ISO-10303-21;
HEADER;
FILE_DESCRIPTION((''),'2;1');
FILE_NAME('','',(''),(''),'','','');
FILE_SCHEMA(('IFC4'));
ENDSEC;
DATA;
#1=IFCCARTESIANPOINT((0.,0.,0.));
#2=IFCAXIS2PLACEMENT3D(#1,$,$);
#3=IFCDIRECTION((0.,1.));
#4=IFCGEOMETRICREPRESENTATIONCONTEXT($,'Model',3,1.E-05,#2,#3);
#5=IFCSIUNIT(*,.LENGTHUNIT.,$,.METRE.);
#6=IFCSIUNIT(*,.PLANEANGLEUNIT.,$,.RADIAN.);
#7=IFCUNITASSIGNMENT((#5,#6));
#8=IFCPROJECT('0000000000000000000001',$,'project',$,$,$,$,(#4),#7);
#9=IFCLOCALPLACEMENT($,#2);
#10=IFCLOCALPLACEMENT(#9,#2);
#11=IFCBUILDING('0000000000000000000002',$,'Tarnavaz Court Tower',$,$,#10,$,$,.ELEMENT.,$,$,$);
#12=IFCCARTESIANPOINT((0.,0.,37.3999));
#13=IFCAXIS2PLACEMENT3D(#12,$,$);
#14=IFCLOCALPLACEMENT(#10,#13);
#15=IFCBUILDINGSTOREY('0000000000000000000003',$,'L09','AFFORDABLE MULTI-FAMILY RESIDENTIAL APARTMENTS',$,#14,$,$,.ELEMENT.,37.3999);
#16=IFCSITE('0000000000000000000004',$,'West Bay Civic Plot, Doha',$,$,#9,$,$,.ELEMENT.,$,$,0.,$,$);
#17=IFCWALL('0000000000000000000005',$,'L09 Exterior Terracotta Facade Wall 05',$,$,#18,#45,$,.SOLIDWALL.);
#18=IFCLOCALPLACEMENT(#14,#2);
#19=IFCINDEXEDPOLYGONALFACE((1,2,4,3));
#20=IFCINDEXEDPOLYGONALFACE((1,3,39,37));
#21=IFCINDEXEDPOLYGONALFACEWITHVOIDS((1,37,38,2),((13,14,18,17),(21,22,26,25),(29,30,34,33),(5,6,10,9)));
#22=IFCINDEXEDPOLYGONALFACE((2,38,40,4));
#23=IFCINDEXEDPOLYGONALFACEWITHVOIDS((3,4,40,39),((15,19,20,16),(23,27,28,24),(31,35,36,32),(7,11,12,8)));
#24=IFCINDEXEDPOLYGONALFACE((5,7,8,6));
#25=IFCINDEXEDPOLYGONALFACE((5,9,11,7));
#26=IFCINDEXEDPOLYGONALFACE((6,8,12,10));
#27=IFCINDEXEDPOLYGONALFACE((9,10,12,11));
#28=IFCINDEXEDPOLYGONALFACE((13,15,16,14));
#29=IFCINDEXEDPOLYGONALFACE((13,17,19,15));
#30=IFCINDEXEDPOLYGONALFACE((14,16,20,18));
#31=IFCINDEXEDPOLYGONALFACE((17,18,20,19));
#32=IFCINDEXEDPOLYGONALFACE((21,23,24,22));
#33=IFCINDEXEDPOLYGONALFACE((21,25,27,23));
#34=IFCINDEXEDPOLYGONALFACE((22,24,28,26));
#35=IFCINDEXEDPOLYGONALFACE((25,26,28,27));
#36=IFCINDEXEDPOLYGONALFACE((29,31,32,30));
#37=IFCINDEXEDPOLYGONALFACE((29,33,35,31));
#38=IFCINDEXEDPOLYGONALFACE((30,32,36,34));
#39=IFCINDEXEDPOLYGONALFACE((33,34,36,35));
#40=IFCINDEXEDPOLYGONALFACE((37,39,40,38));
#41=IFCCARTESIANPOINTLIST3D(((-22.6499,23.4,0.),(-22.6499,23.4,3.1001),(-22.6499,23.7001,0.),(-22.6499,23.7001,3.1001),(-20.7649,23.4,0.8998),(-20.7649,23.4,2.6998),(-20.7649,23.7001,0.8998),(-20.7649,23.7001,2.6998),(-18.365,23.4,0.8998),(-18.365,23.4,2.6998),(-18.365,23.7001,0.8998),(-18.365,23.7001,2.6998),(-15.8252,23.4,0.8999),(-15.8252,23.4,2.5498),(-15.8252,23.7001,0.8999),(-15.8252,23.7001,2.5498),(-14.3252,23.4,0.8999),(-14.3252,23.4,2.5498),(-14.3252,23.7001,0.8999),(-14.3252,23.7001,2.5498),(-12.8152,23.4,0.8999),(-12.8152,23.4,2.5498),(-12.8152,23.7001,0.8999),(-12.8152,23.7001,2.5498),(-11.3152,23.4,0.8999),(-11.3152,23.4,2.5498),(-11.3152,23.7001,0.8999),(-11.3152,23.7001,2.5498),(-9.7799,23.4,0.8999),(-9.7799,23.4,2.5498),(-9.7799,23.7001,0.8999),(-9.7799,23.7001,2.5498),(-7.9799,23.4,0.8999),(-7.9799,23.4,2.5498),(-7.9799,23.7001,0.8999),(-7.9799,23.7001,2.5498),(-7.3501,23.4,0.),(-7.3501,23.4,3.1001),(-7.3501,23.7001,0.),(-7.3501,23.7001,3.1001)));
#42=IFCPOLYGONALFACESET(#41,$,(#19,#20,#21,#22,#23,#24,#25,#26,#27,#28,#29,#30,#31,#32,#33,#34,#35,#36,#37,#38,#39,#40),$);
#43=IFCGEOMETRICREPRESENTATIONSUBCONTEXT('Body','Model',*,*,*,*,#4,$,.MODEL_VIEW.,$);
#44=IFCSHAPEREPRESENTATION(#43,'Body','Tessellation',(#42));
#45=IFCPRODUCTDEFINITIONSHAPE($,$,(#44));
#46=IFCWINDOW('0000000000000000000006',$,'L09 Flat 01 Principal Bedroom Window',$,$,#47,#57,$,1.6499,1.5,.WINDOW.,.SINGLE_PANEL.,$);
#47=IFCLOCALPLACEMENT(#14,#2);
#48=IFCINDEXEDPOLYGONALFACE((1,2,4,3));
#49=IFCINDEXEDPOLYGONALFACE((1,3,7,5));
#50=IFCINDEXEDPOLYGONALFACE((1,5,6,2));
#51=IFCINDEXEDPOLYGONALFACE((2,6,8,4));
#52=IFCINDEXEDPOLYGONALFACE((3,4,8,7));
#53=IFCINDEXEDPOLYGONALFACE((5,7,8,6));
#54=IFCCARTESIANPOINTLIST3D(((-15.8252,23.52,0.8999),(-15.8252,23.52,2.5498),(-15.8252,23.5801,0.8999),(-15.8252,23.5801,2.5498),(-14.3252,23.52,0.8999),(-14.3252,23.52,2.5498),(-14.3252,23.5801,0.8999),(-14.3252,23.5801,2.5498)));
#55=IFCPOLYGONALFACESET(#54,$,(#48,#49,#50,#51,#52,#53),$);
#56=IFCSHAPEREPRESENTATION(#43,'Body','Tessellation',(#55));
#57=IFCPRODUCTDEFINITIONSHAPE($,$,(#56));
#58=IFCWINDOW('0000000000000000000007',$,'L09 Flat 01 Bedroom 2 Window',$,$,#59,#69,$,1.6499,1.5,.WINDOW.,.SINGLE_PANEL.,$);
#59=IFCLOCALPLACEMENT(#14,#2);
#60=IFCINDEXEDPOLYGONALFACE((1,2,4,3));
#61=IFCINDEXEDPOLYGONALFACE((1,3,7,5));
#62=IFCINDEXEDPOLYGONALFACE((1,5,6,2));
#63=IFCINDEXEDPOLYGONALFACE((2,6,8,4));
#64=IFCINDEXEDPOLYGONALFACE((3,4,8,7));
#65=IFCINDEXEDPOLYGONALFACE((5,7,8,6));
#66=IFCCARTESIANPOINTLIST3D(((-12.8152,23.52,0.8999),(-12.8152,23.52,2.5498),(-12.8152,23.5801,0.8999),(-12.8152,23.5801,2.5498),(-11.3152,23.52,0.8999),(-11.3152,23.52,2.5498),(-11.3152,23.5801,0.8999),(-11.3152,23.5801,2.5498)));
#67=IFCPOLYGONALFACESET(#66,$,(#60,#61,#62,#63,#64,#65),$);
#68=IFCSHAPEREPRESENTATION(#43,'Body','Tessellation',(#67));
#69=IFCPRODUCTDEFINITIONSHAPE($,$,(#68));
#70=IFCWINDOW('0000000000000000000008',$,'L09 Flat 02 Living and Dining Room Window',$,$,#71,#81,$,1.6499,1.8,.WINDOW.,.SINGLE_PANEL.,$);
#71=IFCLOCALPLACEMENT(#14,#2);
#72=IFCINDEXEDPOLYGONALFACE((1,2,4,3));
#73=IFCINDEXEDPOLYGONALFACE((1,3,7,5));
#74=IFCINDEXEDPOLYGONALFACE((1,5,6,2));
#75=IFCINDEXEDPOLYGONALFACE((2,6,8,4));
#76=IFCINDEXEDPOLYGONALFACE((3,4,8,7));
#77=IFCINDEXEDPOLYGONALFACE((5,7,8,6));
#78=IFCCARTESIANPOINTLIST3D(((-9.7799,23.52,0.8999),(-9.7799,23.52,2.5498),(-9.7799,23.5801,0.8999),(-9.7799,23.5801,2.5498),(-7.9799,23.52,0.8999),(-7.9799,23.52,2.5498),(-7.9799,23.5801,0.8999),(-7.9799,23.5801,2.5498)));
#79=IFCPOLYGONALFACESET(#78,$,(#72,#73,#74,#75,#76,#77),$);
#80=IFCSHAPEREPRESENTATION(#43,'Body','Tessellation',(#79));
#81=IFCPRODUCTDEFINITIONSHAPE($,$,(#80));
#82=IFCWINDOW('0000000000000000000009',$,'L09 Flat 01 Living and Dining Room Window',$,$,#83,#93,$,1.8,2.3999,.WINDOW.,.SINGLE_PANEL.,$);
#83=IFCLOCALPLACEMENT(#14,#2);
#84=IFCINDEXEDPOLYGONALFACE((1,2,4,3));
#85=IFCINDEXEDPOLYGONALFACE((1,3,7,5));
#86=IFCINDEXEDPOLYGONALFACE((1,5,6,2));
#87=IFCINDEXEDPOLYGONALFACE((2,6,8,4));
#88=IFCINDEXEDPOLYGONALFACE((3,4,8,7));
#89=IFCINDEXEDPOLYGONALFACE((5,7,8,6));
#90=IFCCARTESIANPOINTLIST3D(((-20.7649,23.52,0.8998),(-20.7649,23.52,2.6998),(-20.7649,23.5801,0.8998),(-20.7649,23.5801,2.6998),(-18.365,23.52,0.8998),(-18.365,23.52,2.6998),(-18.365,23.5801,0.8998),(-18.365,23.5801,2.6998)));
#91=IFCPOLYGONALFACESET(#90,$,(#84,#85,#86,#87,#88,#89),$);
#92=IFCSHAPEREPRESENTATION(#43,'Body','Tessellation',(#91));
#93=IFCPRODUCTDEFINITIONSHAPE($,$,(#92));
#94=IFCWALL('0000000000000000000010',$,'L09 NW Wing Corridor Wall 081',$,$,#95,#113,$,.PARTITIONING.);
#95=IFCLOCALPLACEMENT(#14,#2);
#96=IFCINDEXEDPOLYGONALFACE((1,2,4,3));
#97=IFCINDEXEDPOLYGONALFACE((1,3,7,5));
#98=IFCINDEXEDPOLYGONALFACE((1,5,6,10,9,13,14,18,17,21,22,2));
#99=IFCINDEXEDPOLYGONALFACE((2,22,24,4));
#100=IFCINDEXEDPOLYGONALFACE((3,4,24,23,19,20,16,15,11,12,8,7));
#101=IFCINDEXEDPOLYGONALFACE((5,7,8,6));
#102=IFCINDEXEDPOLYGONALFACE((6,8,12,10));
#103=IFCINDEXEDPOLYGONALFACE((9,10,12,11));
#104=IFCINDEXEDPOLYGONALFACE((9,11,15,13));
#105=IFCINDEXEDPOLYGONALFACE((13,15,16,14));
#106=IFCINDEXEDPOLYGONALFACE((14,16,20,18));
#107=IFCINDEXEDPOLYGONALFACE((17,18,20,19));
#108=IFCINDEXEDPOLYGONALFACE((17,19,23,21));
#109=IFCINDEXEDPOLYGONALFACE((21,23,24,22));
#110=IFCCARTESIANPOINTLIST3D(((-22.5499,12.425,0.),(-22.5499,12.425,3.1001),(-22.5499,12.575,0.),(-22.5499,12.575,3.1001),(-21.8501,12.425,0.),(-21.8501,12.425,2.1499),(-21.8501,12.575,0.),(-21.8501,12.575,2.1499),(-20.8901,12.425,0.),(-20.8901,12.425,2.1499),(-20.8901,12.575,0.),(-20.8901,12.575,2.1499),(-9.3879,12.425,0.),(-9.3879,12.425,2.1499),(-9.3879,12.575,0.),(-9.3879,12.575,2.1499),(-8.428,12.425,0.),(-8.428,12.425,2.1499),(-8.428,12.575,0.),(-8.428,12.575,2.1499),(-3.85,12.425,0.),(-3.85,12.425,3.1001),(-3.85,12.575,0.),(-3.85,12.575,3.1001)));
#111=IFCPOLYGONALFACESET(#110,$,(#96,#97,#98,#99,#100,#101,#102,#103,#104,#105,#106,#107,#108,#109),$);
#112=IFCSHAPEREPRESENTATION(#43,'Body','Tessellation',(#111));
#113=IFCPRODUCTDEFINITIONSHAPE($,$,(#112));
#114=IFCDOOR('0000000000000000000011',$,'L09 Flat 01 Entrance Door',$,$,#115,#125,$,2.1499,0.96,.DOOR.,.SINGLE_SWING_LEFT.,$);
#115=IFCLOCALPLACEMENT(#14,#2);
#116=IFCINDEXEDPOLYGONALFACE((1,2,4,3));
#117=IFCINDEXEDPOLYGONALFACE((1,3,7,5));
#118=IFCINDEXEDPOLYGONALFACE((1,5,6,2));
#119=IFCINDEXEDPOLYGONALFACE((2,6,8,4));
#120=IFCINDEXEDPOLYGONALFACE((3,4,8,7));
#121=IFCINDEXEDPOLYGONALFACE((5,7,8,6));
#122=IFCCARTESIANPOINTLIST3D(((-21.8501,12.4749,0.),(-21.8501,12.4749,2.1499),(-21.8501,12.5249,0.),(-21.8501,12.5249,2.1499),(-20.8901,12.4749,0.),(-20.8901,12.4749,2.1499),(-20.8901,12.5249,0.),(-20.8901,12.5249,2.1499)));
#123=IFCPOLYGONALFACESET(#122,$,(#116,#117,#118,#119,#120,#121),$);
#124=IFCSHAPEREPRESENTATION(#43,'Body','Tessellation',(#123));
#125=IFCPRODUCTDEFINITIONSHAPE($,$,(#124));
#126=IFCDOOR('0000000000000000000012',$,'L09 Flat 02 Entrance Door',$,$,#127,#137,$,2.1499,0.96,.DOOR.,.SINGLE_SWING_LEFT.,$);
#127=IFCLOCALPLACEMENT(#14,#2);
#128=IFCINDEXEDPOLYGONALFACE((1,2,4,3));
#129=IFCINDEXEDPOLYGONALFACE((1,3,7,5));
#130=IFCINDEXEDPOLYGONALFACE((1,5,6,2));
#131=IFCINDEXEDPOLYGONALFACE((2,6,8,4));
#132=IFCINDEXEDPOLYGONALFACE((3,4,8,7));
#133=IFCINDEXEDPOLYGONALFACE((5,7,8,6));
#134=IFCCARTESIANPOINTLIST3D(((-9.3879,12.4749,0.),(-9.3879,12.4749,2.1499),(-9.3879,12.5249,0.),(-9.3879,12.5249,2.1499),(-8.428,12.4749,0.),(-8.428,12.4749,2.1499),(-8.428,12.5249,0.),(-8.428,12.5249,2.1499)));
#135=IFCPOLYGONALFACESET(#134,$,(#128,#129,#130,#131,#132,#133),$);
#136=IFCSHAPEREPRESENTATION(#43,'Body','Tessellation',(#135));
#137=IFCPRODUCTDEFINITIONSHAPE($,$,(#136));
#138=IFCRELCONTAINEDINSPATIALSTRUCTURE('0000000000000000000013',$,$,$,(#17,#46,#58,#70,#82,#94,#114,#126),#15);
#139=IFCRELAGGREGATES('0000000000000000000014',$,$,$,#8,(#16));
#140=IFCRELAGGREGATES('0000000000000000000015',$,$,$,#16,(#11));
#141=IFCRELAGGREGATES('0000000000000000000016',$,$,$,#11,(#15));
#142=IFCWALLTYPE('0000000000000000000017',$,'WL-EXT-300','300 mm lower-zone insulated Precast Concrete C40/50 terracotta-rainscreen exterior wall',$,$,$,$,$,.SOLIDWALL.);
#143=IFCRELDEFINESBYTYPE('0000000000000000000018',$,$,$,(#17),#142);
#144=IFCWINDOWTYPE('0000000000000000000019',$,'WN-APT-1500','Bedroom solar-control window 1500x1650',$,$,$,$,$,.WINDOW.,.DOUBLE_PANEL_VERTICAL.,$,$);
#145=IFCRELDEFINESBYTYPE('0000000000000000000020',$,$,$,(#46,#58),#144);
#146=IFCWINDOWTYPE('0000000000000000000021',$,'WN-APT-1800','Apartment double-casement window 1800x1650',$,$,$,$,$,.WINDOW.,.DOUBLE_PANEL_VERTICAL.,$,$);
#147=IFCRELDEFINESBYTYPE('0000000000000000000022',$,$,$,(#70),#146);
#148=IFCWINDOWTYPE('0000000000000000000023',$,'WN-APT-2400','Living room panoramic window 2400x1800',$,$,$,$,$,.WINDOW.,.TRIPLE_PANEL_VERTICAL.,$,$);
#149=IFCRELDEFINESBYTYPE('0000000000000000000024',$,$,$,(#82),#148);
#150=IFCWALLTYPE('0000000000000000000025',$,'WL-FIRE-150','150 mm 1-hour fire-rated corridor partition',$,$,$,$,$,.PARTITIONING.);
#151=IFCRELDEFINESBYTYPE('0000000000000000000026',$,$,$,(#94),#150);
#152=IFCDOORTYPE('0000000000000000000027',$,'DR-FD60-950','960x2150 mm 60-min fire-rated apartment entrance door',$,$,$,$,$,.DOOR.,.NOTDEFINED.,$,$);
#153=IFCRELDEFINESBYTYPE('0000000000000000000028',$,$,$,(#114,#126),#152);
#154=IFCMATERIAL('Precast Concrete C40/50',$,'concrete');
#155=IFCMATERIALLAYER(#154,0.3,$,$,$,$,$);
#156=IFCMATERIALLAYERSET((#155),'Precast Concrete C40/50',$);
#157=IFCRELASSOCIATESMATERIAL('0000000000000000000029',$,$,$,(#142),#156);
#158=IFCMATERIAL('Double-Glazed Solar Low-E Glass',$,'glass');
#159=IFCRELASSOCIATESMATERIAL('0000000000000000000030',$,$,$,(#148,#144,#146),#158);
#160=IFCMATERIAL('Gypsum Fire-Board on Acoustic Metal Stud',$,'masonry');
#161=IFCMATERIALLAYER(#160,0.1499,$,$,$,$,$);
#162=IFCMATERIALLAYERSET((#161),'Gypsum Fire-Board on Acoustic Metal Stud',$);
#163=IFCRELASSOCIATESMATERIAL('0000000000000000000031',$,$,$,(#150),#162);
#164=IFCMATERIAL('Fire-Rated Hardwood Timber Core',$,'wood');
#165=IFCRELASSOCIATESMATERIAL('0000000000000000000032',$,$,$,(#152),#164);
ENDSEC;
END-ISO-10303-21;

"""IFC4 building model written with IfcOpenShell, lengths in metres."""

from ifc_helpers import new_model, si_unit, direction, frame, frame_2d, origin, place, context, subcontext, project, spatial, rectangle, extrude, material, layer, layer_set, type_object, element, fill, save


model = new_model("IFC4")

# Units and contexts
model_context = context("Model", 3, precision=1e-05, world=origin(), true_north=direction((0.0, 1.0)))
body_context = subcontext(model_context, "Body", "Model", "MODEL_VIEW")
ifc_project = project(units=[si_unit("LENGTHUNIT", "METRE"), si_unit("PLANEANGLEUNIT", "RADIAN")], contexts=[model_context])

# Site, building, storey
site_placement = place(None, origin())
site = spatial("IfcSite", under=ifc_project, at=site_placement, Name="West Bay Civic Plot, Doha", CompositionType="ELEMENT", RefElevation=0.0)
building_placement = place(site_placement, origin())
building = spatial("IfcBuilding", under=site, at=building_placement, Name="Tarnavaz Court Tower", CompositionType="ELEMENT")
storey_placement = place(building_placement, frame((0.0, 0.0, 37.3999)))
storey = spatial("IfcBuildingStorey", under=building, at=storey_placement, Name="L09", Description="AFFORDABLE MULTI-FAMILY RESIDENTIAL APARTMENTS", CompositionType="ELEMENT", Elevation=37.3999)

# Shared definitions
ifc_material_1 = material(Name="Precast Concrete C40/50", Category="concrete")
ifc_layer_1 = layer(ifc_material_1, 0.3)
ifc_layer_set_1 = layer_set([ifc_layer_1], Name="Precast Concrete C40/50")
wall_type_1 = type_object("IfcWallType", Name="WL-EXT-300", Description="300 mm lower-zone insulated Precast Concrete C40/50 terracotta-rainscreen exterior wall", PredefinedType="SOLIDWALL", material=ifc_layer_set_1)
ifc_material_2 = material(Name="Double-Glazed Solar Low-E Glass", Category="glass")
window_type_1 = type_object("IfcWindowType", Name="WN-APT-2400", Description="Living room panoramic window 2400x1800", PartitioningType="TRIPLE_PANEL_VERTICAL", PredefinedType="WINDOW", material=ifc_material_2)

# Wall, openings, windows
wall_1_placement = place(storey_placement, frame((-22.6499, 23.55, 0.0), z_axis=(0.0, 0.0, 1.0), x_axis=(1.0, 0.0, 0.0)))
wall_1 = element("IfcWall", 1, at=wall_1_placement, inside=storey, type_object=wall_type_1, Name="L09 Exterior Terracotta Facade Wall 05", PredefinedType="SOLIDWALL", context=body_context, shape_type="SweptSolid", body=[
    extrude(rectangle(XDim=15.2998, YDim=0.3, at=frame_2d((7.6499, 0.0))), origin(), (0.0, 0.0, 1.0), 3.1001),
])
opening_1_placement = place(wall_1_placement, frame((1.885, 0.0, 0.8999)))
opening_1 = element("IfcOpeningElement", 2, at=opening_1_placement, cuts=wall_1, PredefinedType="OPENING", context=body_context, shape_type="SweptSolid", body=[
    extrude(rectangle(XDim=2.3999, YDim=1.8, at=frame_2d((1.2, 0.8999))), frame((0.0, 0.1599, 0.0), z_axis=(0.0, -1.0, 0.0), x_axis=(1.0, 0.0, 0.0)), (0.0, 0.0, 1.0), 0.3201),
])
opening_2_placement = place(wall_1_placement, frame((6.8247, 0.0, 0.8999)))
opening_2 = element("IfcOpeningElement", 3, at=opening_2_placement, cuts=wall_1, PredefinedType="OPENING", context=body_context, shape_type="SweptSolid", body=[
    extrude(rectangle(XDim=1.5, YDim=1.6499, at=frame_2d((0.75, 0.825))), frame((0.0, 0.1599, 0.0), z_axis=(0.0, -1.0, 0.0), x_axis=(1.0, 0.0, 0.0)), (0.0, 0.0, 1.0), 0.3201),
])
opening_3_placement = place(wall_1_placement, frame((9.8347, 0.0, 0.8999)))
opening_3 = element("IfcOpeningElement", 4, at=opening_3_placement, cuts=wall_1, PredefinedType="OPENING", context=body_context, shape_type="SweptSolid", body=[
    extrude(rectangle(XDim=1.5, YDim=1.6499, at=frame_2d((0.75, 0.825))), frame((0.0, 0.1599, 0.0), z_axis=(0.0, -1.0, 0.0), x_axis=(1.0, 0.0, 0.0)), (0.0, 0.0, 1.0), 0.3201),
])
opening_4_placement = place(wall_1_placement, frame((12.8701, 0.0, 0.8999)))
opening_4 = element("IfcOpeningElement", 5, at=opening_4_placement, cuts=wall_1, PredefinedType="OPENING", context=body_context, shape_type="SweptSolid", body=[
    extrude(rectangle(XDim=1.8, YDim=1.6499, at=frame_2d((0.8999, 0.825))), frame((0.0, 0.1599, 0.0), z_axis=(0.0, -1.0, 0.0), x_axis=(1.0, 0.0, 0.0)), (0.0, 0.0, 1.0), 0.3201),
])
window_type_2 = type_object("IfcWindowType", Name="WN-APT-1500", Description="Bedroom solar-control window 1500x1650", PartitioningType="DOUBLE_PANEL_VERTICAL", PredefinedType="WINDOW", material=ifc_material_2)
window_1_placement = place(opening_2_placement, origin())
window_1 = element("IfcWindow", 6, at=window_1_placement, inside=storey, type_object=window_type_2, Name="L09 Flat 01 Principal Bedroom Window", OverallHeight=1.6499, OverallWidth=1.5, PartitioningType="SINGLE_PANEL", PredefinedType="WINDOW", context=body_context, shape_type="SweptSolid", body=[
    extrude(rectangle(XDim=1.5, YDim=1.6499, at=frame_2d((0.75, 0.825))), frame((0.0, 0.03, 0.0), z_axis=(0.0, -1.0, 0.0), x_axis=(1.0, 0.0, 0.0)), (0.0, 0.0, 1.0), 0.0601),
])
fill(opening_2, window_1)
window_2_placement = place(opening_3_placement, origin())
window_2 = element("IfcWindow", 7, at=window_2_placement, inside=storey, type_object=window_type_2, Name="L09 Flat 01 Bedroom 2 Window", OverallHeight=1.6499, OverallWidth=1.5, PartitioningType="SINGLE_PANEL", PredefinedType="WINDOW", context=body_context, shape_type="SweptSolid", body=[
    extrude(rectangle(XDim=1.5, YDim=1.6499, at=frame_2d((0.75, 0.825))), frame((0.0, 0.03, 0.0), z_axis=(0.0, -1.0, 0.0), x_axis=(1.0, 0.0, 0.0)), (0.0, 0.0, 1.0), 0.0601),
])
fill(opening_3, window_2)
window_type_3 = type_object("IfcWindowType", Name="WN-APT-1800", Description="Apartment double-casement window 1800x1650", PartitioningType="DOUBLE_PANEL_VERTICAL", PredefinedType="WINDOW", material=ifc_material_2)
window_3_placement = place(opening_4_placement, origin())
window_3 = element("IfcWindow", 8, at=window_3_placement, inside=storey, type_object=window_type_3, Name="L09 Flat 02 Living and Dining Room Window", OverallHeight=1.6499, OverallWidth=1.8, PartitioningType="SINGLE_PANEL", PredefinedType="WINDOW", context=body_context, shape_type="SweptSolid", body=[
    extrude(rectangle(XDim=1.8, YDim=1.6499, at=frame_2d((0.8999, 0.825))), frame((0.0, 0.03, 0.0), z_axis=(0.0, -1.0, 0.0), x_axis=(1.0, 0.0, 0.0)), (0.0, 0.0, 1.0), 0.0601),
])
fill(opening_4, window_3)
window_4_placement = place(opening_1_placement, origin())
window_4 = element("IfcWindow", 9, at=window_4_placement, inside=storey, type_object=window_type_1, Name="L09 Flat 01 Living and Dining Room Window", OverallHeight=1.8, OverallWidth=2.3999, PartitioningType="SINGLE_PANEL", PredefinedType="WINDOW", context=body_context, shape_type="SweptSolid", body=[
    extrude(rectangle(XDim=2.3999, YDim=1.8, at=frame_2d((1.2, 0.8999))), frame((0.0, 0.03, 0.0), z_axis=(0.0, -1.0, 0.0), x_axis=(1.0, 0.0, 0.0)), (0.0, 0.0, 1.0), 0.0601),
])
fill(opening_1, window_4)

# Wall, openings, doors
ifc_material_3 = material(Name="Gypsum Fire-Board on Acoustic Metal Stud", Category="masonry")
ifc_layer_2 = layer(ifc_material_3, 0.1499)
ifc_layer_set_2 = layer_set([ifc_layer_2], Name="Gypsum Fire-Board on Acoustic Metal Stud")
wall_type_2 = type_object("IfcWallType", Name="WL-FIRE-150", Description="150 mm 1-hour fire-rated corridor partition", PredefinedType="PARTITIONING", material=ifc_layer_set_2)
wall_2_placement = place(storey_placement, frame((-22.55, 12.5, 0.0), z_axis=(0.0, 0.0, 1.0), x_axis=(1.0, 0.0, 0.0)))
wall_2 = element("IfcWall", 10, at=wall_2_placement, inside=storey, type_object=wall_type_2, Name="L09 NW Wing Corridor Wall 081", PredefinedType="PARTITIONING", context=body_context, shape_type="SweptSolid", body=[
    extrude(rectangle(XDim=18.7, YDim=0.1499, at=frame_2d((9.3501, 0.0))), origin(), (0.0, 0.0, 1.0), 3.1001),
])
opening_5_placement = place(wall_2_placement, frame((0.7, 0.0, 0.0)))
opening_5 = element("IfcOpeningElement", 11, at=opening_5_placement, cuts=wall_2, PredefinedType="OPENING", context=body_context, shape_type="SweptSolid", body=[
    extrude(rectangle(XDim=0.96, YDim=2.1499, at=frame_2d((0.48, 1.075))), frame((0.0, 0.085, 0.0), z_axis=(0.0, -1.0, 0.0), x_axis=(1.0, 0.0, 0.0)), (0.0, 0.0, 1.0), 0.1699),
])
opening_6_placement = place(wall_2_placement, frame((13.1621, 0.0, 0.0)))
opening_6 = element("IfcOpeningElement", 12, at=opening_6_placement, cuts=wall_2, PredefinedType="OPENING", context=body_context, shape_type="SweptSolid", body=[
    extrude(rectangle(XDim=0.96, YDim=2.1499, at=frame_2d((0.48, 1.075))), frame((0.0, 0.085, 0.0), z_axis=(0.0, -1.0, 0.0), x_axis=(1.0, 0.0, 0.0)), (0.0, 0.0, 1.0), 0.1699),
])
ifc_material_4 = material(Name="Fire-Rated Hardwood Timber Core", Category="wood")
door_type_1 = type_object("IfcDoorType", Name="DR-FD60-950", Description="960x2150 mm 60-min fire-rated apartment entrance door", OperationType="NOTDEFINED", PredefinedType="DOOR", material=ifc_material_4)
door_1_placement = place(opening_5_placement, origin())
door_1 = element("IfcDoor", 13, at=door_1_placement, inside=storey, type_object=door_type_1, Name="L09 Flat 01 Entrance Door", OperationType="SINGLE_SWING_LEFT", OverallHeight=2.1499, OverallWidth=0.96, PredefinedType="DOOR", context=body_context, shape_type="SweptSolid", body=[
    extrude(rectangle(XDim=0.96, YDim=2.1499, at=frame_2d((0.48, 1.075))), frame((0.0, 0.0249, 0.0), z_axis=(0.0, -1.0, 0.0), x_axis=(1.0, 0.0, 0.0)), (0.0, 0.0, 1.0), 0.05),
])
fill(opening_5, door_1)
door_2_placement = place(opening_6_placement, origin())
door_2 = element("IfcDoor", 14, at=door_2_placement, inside=storey, type_object=door_type_1, Name="L09 Flat 02 Entrance Door", OperationType="SINGLE_SWING_LEFT", OverallHeight=2.1499, OverallWidth=0.96, PredefinedType="DOOR", context=body_context, shape_type="SweptSolid", body=[
    extrude(rectangle(XDim=0.96, YDim=2.1499, at=frame_2d((0.48, 1.075))), frame((0.0, 0.0249, 0.0), z_axis=(0.0, -1.0, 0.0), x_axis=(1.0, 0.0, 0.0)), (0.0, 0.0, 1.0), 0.05),
])
fill(opening_6, door_2)

save(model, "model.ifc")
